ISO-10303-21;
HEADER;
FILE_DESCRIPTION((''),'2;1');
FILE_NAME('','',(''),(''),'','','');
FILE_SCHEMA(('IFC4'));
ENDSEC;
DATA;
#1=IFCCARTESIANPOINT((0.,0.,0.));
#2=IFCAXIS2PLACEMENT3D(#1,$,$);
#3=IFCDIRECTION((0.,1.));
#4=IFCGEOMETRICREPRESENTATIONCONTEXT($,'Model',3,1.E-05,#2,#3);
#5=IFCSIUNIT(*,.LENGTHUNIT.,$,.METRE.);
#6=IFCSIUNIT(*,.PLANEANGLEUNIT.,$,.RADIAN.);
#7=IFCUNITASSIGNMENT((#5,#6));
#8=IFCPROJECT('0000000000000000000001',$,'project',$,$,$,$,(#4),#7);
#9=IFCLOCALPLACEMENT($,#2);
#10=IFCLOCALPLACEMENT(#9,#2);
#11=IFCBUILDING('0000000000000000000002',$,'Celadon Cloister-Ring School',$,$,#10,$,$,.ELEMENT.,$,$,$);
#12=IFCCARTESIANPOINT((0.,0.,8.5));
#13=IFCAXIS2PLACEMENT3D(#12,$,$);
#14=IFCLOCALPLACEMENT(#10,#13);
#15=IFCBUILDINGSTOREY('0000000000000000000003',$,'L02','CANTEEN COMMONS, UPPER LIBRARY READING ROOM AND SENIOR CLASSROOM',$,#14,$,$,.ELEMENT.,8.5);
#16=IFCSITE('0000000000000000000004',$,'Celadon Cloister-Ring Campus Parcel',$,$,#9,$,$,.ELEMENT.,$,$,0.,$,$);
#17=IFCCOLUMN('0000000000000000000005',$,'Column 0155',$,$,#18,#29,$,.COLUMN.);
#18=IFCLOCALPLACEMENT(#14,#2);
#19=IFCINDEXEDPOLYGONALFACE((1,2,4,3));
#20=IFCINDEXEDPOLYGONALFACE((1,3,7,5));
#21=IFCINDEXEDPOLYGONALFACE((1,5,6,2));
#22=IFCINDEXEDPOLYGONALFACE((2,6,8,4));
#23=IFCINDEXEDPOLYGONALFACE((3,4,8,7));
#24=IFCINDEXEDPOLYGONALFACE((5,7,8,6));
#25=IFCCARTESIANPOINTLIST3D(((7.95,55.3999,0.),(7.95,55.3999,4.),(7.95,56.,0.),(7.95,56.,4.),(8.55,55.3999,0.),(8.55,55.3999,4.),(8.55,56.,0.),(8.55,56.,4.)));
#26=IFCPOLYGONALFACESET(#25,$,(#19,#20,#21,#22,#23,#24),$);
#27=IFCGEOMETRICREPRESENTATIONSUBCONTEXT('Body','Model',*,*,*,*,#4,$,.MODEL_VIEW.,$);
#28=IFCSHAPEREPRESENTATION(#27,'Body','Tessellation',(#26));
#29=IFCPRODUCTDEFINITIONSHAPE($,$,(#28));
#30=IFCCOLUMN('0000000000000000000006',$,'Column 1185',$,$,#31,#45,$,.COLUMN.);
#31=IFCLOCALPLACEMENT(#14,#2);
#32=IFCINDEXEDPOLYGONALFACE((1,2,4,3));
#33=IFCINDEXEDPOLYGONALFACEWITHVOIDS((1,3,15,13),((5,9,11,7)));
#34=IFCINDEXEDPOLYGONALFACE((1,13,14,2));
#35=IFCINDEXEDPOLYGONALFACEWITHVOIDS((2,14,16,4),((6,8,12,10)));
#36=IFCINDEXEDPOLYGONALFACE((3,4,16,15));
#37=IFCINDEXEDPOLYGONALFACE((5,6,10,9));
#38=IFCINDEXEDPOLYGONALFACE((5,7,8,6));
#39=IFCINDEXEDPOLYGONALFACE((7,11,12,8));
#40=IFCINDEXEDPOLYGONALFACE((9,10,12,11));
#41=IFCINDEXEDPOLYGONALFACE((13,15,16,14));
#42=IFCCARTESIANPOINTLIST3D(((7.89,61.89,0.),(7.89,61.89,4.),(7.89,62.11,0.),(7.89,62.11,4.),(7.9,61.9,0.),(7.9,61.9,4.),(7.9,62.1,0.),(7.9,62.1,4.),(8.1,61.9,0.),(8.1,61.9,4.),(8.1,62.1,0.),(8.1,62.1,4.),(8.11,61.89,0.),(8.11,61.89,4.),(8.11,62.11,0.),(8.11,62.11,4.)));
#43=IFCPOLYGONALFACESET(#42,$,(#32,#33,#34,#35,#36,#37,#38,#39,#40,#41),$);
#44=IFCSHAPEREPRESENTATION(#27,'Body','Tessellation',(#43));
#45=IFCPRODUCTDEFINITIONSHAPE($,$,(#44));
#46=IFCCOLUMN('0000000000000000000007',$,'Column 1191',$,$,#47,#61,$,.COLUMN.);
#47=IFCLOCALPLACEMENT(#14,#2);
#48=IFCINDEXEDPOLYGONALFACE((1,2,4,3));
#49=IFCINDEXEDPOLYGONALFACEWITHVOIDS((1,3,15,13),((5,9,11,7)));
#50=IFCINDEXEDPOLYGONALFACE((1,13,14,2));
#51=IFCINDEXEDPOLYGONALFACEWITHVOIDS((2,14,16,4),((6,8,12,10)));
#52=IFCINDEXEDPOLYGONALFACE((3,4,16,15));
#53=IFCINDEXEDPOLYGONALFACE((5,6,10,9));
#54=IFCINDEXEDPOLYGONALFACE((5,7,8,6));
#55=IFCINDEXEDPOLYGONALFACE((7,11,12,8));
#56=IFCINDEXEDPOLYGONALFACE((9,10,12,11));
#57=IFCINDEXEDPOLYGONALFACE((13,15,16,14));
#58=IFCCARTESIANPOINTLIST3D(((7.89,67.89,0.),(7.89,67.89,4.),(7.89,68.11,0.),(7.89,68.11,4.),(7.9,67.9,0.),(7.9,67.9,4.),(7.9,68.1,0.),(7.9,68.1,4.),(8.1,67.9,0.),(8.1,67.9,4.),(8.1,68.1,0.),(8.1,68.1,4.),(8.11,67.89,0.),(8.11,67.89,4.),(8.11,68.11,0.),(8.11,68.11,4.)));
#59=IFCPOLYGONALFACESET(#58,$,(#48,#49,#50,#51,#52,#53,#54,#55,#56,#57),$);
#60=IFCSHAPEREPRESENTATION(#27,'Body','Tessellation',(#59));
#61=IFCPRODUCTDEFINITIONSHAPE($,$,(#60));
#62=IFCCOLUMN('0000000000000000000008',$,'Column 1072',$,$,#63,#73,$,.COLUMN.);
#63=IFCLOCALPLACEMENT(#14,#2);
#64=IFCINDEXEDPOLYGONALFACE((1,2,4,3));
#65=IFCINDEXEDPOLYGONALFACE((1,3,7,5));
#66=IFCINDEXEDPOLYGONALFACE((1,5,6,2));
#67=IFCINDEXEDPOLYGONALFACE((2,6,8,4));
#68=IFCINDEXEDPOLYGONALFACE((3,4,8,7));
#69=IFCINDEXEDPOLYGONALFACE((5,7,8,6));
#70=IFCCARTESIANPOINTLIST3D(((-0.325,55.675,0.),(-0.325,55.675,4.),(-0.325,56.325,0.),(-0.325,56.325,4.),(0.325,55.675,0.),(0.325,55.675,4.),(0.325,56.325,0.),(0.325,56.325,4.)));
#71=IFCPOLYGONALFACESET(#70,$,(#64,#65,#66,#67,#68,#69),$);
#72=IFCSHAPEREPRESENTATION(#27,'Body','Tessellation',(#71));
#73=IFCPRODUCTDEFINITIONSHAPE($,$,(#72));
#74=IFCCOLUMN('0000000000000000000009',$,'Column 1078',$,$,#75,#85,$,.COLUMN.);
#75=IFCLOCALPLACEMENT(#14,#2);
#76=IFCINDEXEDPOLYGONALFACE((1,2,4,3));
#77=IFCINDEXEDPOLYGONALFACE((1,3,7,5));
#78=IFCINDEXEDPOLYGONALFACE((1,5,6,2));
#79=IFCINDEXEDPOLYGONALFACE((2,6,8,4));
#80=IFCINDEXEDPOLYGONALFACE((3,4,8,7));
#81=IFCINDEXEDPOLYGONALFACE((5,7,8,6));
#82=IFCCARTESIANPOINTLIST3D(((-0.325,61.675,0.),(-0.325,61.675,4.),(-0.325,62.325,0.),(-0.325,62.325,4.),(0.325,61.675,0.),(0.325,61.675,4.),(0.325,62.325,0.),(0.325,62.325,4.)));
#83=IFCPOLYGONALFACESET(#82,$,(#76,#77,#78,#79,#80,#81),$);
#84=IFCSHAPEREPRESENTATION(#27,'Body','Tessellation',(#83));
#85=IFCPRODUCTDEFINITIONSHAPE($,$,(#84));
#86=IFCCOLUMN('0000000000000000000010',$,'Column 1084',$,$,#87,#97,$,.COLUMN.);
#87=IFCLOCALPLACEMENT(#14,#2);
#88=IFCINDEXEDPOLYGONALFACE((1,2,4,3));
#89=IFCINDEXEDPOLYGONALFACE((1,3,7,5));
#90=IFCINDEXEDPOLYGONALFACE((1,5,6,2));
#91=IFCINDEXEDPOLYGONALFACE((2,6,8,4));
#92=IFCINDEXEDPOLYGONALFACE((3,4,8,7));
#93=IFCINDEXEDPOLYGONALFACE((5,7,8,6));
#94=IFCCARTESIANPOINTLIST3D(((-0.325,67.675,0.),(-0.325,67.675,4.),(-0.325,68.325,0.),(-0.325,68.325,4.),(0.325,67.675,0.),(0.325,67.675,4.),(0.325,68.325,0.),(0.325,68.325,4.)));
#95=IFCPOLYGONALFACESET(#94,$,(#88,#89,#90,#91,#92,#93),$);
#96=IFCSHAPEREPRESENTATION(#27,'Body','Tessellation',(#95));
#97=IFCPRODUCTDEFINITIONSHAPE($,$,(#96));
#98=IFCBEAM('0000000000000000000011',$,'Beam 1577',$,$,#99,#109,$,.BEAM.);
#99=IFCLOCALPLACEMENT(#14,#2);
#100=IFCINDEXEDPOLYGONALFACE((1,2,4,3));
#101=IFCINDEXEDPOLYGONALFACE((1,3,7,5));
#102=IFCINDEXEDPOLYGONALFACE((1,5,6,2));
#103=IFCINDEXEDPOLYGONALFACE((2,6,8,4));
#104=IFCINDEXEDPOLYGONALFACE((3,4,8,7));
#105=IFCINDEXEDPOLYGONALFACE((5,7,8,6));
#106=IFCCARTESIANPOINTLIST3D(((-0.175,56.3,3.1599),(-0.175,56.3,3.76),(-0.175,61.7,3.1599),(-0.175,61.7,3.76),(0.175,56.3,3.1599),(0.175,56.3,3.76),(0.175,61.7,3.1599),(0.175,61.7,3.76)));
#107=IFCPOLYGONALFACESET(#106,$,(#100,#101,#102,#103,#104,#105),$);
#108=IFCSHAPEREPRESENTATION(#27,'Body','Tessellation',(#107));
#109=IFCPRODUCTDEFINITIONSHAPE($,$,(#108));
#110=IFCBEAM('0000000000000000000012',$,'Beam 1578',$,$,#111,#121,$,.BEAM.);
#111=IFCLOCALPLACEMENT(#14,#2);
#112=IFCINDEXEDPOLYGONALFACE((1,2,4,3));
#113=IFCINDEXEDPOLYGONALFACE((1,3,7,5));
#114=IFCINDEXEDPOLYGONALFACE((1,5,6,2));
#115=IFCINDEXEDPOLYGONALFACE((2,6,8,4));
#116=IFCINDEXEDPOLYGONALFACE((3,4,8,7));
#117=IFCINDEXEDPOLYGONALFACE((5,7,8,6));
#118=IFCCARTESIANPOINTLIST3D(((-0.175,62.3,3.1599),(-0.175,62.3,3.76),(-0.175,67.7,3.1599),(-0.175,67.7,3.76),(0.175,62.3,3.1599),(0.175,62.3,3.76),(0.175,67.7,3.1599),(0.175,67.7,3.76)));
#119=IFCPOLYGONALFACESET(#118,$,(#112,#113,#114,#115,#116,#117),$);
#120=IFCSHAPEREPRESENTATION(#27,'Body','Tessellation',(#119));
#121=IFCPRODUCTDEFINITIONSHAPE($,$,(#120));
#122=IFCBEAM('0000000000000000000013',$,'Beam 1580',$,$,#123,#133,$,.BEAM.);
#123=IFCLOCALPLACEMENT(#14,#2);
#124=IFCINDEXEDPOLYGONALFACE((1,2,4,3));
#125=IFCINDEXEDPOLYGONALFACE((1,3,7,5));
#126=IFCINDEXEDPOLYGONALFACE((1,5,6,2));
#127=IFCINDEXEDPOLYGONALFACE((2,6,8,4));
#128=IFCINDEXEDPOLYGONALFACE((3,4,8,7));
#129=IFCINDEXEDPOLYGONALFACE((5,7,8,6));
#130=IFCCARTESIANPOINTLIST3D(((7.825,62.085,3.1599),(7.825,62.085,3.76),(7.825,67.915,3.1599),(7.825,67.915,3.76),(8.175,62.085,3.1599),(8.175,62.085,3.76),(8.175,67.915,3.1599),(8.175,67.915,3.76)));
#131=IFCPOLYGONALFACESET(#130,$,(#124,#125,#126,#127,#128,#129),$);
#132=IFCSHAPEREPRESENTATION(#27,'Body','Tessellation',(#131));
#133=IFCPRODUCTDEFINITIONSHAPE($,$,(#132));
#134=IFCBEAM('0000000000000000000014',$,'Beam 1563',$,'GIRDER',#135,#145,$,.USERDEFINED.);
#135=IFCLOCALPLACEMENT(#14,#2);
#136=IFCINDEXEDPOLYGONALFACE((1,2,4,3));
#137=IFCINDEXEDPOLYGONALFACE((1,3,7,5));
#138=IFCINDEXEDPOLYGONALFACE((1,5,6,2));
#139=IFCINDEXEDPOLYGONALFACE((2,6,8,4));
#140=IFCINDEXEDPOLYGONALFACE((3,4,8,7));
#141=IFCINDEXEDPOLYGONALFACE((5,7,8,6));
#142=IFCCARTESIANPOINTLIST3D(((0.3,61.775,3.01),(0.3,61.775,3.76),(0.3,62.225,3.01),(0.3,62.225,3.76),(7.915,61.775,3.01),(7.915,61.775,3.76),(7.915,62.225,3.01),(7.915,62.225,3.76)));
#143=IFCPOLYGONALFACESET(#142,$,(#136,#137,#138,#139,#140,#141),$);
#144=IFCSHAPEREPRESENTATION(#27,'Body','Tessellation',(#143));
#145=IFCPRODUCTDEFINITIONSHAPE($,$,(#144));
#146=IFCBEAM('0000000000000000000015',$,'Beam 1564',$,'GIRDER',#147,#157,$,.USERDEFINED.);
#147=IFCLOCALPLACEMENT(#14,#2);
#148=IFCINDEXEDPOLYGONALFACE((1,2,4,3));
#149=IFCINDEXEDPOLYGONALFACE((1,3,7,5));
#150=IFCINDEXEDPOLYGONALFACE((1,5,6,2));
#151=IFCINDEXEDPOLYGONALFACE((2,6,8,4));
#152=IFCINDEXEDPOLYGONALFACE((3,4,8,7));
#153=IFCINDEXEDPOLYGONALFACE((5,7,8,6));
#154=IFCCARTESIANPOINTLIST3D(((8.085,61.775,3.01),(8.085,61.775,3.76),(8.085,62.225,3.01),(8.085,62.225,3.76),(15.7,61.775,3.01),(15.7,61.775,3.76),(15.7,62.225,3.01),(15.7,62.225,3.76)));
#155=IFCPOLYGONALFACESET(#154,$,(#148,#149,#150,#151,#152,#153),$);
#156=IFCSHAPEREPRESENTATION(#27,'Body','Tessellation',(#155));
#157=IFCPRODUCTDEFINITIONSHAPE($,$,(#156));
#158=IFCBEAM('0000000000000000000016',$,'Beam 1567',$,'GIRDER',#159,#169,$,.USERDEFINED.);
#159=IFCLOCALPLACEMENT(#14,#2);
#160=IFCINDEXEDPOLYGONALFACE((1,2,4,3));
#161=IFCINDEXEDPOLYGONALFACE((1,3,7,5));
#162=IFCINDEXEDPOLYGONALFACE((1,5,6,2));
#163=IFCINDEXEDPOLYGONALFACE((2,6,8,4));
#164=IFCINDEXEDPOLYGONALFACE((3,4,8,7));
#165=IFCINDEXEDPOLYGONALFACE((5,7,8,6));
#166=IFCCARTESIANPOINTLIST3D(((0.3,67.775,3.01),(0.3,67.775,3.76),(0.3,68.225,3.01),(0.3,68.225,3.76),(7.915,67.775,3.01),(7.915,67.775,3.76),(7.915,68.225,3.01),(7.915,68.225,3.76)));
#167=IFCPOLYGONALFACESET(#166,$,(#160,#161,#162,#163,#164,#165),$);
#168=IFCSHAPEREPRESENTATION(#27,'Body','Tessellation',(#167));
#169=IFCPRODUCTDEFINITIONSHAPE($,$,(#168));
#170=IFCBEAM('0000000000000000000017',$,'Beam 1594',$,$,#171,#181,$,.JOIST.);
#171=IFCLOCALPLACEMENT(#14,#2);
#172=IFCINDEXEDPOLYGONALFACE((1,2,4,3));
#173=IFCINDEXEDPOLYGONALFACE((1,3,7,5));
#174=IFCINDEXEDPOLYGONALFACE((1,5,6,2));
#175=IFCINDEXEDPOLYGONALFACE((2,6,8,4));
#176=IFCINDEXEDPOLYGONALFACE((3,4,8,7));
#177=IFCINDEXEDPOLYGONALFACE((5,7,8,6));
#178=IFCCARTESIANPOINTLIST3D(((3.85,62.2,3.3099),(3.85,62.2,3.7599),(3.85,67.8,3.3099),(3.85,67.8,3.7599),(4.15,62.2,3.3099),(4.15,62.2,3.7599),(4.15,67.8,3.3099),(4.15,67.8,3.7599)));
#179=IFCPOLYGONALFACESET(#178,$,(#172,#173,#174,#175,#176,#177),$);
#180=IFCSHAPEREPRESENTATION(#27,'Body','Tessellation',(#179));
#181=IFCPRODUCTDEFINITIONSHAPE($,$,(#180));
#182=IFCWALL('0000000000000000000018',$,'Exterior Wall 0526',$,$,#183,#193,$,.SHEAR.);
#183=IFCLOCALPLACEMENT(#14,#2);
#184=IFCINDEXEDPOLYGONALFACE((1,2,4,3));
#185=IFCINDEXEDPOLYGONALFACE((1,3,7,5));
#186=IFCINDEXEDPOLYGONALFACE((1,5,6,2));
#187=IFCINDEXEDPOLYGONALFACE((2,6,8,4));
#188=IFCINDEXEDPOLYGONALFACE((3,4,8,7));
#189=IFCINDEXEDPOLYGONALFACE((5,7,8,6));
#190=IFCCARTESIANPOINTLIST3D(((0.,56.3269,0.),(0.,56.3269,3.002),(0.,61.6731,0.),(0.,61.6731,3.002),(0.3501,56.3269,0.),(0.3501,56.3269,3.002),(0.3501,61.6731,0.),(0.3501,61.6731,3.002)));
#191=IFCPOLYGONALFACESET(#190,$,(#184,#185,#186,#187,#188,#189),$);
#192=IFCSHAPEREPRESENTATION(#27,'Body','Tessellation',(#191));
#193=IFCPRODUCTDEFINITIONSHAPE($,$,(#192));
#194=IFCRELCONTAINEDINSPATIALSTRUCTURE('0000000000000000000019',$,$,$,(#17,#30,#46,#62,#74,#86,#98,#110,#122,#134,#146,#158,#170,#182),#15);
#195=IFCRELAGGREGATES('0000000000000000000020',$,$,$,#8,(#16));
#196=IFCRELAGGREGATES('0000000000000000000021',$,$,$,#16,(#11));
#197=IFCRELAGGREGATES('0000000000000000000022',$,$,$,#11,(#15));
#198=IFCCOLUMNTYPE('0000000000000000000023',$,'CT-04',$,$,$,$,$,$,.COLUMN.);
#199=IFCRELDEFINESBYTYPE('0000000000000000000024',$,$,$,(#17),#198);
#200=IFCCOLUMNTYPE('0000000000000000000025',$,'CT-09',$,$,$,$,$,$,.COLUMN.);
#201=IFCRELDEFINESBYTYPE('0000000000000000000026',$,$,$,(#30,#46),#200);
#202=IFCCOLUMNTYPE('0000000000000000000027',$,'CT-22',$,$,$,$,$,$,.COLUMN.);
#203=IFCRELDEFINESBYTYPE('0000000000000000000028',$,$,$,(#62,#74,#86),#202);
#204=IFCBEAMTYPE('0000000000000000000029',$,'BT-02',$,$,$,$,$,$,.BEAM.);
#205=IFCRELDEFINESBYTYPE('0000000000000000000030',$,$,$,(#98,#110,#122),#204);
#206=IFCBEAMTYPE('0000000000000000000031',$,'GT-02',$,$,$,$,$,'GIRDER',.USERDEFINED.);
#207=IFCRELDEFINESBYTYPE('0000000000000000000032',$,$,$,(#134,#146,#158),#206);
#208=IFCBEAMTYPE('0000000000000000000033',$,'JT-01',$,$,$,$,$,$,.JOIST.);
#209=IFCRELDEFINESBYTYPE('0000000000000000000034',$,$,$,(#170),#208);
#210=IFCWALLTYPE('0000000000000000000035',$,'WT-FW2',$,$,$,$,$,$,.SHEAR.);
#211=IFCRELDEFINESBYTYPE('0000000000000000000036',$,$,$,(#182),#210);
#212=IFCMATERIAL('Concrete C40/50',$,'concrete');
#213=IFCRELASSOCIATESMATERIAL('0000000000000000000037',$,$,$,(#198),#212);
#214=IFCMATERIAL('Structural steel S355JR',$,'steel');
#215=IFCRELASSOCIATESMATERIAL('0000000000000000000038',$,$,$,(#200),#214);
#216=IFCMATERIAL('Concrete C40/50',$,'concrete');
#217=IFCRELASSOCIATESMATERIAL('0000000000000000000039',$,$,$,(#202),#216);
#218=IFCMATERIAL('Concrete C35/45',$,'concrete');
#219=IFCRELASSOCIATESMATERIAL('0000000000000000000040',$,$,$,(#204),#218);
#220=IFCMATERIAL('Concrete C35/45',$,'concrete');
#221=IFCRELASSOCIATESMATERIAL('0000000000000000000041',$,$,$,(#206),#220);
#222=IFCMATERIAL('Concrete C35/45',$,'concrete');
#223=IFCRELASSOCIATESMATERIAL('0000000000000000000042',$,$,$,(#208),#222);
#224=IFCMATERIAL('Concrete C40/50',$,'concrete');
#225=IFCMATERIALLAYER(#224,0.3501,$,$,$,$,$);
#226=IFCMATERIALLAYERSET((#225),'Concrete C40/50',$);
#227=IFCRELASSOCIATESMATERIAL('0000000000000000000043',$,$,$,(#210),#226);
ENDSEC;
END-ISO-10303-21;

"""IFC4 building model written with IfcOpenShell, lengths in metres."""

from ifc_helpers import new_model, si_unit, direction, frame, frame_2d, origin, origin_2d, place, context, subcontext, project, spatial, rectangle, hollow_rectangle, extrude, material, layer, layer_set, material_profile, profile_set, type_object, element, save


model = new_model("IFC4")

# Units and contexts
model_context = context("Model", 3, precision=1e-05, world=origin(), true_north=direction((0.0, 1.0)))
body_context = subcontext(model_context, "Body", "Model", "MODEL_VIEW")
ifc_project = project(units=[si_unit("LENGTHUNIT", "METRE"), si_unit("PLANEANGLEUNIT", "RADIAN")], contexts=[model_context])

# Site, building, storey
site_placement = place(None, origin())
site = spatial("IfcSite", under=ifc_project, at=site_placement, Name="Celadon Cloister-Ring Campus Parcel", CompositionType="ELEMENT", RefElevation=0.0)
building_placement = place(site_placement, origin())
building = spatial("IfcBuilding", under=site, at=building_placement, Name="Celadon Cloister-Ring School", CompositionType="ELEMENT")
storey_placement = place(building_placement, frame((0.0, 0.0, 8.5)))
storey = spatial("IfcBuildingStorey", under=building, at=storey_placement, Name="L02", Description="CANTEEN COMMONS, UPPER LIBRARY READING ROOM AND SENIOR CLASSROOM", CompositionType="ELEMENT", Elevation=8.5)

# Columns
ifc_material_1 = material(Name="Concrete C40/50", Category="concrete")
ifc_material_profile_1 = material_profile(ifc_material_1, rectangle(XDim=0.6001, YDim=0.6001, at=origin_2d()), Name="RC600X600")
ifc_profile_set_1 = profile_set([ifc_material_profile_1], Name="Concrete C40/50")
column_type_1 = type_object("IfcColumnType", Name="CT-04", PredefinedType="COLUMN", material=ifc_profile_set_1)
column_placement = place(storey_placement, frame((8.25, 55.7, 0.0), z_axis=(0.0, 0.0, 1.0), x_axis=(1.0, 0.0, 0.0)))
element("IfcColumn", 1, at=column_placement, inside=storey, type_object=column_type_1, Name="Column 0155", PredefinedType="COLUMN", context=body_context, shape_type="SweptSolid", body=[
    extrude(rectangle(XDim=0.6001, YDim=0.6001, at=origin_2d()), origin(), (0.0, 0.0, 1.0), 4.0),
])
ifc_material_2 = material(Name="Structural steel S355JR", Category="steel")
ifc_material_profile_2 = material_profile(ifc_material_2, hollow_rectangle(XDim=0.22, YDim=0.22, WallThickness=0.01, at=origin_2d()), Name="HSS220X220X10")
ifc_profile_set_2 = profile_set([ifc_material_profile_2], Name="Structural steel S355JR")
column_type_2 = type_object("IfcColumnType", Name="CT-09", PredefinedType="COLUMN", material=ifc_profile_set_2)
for number, where, z_axis, x_axis, name in (
    (2, (8.0, 62.0, 0.0), (0.0, 0.0, 1.0), (1.0, 0.0, 0.0), "Column 1185"),
    (3, (8.0, 68.0, 0.0), (0.0, 0.0, 1.0), (1.0, 0.0, 0.0), "Column 1191"),
):
    element("IfcColumn", number, at=place(storey_placement, frame(where, z_axis=z_axis, x_axis=x_axis)), inside=storey, type_object=column_type_2, Name=name, PredefinedType="COLUMN", context=body_context, shape_type="SweptSolid", body=[
        extrude(hollow_rectangle(XDim=0.22, YDim=0.22, WallThickness=0.01, at=origin_2d()), origin(), (0.0, 0.0, 1.0), 4.0),
    ])
ifc_material_3 = material(Name="Concrete C40/50", Category="concrete")
ifc_material_profile_3 = material_profile(ifc_material_3, rectangle(XDim=0.6499, YDim=0.6499, at=origin_2d()), Name="RC650X650")
ifc_profile_set_3 = profile_set([ifc_material_profile_3], Name="Concrete C40/50")
column_type_3 = type_object("IfcColumnType", Name="CT-22", PredefinedType="COLUMN", material=ifc_profile_set_3)
for number, where, z_axis, x_axis, name in (
    (4, (0.0, 56.0, 0.0), (0.0, 0.0, 1.0), (1.0, 0.0, 0.0), "Column 1072"),
    (5, (0.0, 62.0, 0.0), (0.0, 0.0, 1.0), (1.0, 0.0, 0.0), "Column 1078"),
    (6, (0.0, 68.0, 0.0), (0.0, 0.0, 1.0), (1.0, 0.0, 0.0), "Column 1084"),
):
    element("IfcColumn", number, at=place(storey_placement, frame(where, z_axis=z_axis, x_axis=x_axis)), inside=storey, type_object=column_type_3, Name=name, PredefinedType="COLUMN", context=body_context, shape_type="SweptSolid", body=[
        extrude(rectangle(XDim=0.6499, YDim=0.6499, at=origin_2d()), origin(), (0.0, 0.0, 1.0), 4.0),
    ])

# Beams
ifc_material_4 = material(Name="Concrete C35/45", Category="concrete")
ifc_material_profile_4 = material_profile(ifc_material_4, rectangle(XDim=0.3501, YDim=0.6001, at=origin_2d()), Name="RC350X600")
ifc_profile_set_4 = profile_set([ifc_material_profile_4], Name="Concrete C35/45")
beam_type_1 = type_object("IfcBeamType", Name="BT-02", PredefinedType="BEAM", material=ifc_profile_set_4)
for number, where, z_axis, x_axis, name in (
    (7, (0.0, 56.3, 3.46), (0.0, 1.0, 0.0), (-1.0, 0.0, 0.0), "Beam 1577"),
    (8, (0.0, 62.3, 3.46), (0.0, 1.0, 0.0), (-1.0, 0.0, 0.0), "Beam 1578"),
):
    element("IfcBeam", number, at=place(storey_placement, frame(where, z_axis=z_axis, x_axis=x_axis)), inside=storey, type_object=beam_type_1, Name=name, PredefinedType="BEAM", context=body_context, shape_type="SweptSolid", body=[
        extrude(rectangle(XDim=0.3501, YDim=0.6001, at=origin_2d()), origin(), (0.0, 0.0, 1.0), 5.3999),
    ])
beam_1_placement = place(storey_placement, frame((8.0, 62.085, 3.46), z_axis=(0.0, 1.0, 0.0), x_axis=(-1.0, 0.0, 0.0)))
element("IfcBeam", 9, at=beam_1_placement, inside=storey, type_object=beam_type_1, Name="Beam 1580", PredefinedType="BEAM", context=body_context, shape_type="SweptSolid", body=[
    extrude(rectangle(XDim=0.3501, YDim=0.6001, at=origin_2d()), origin(), (0.0, 0.0, 1.0), 5.8301),
])
ifc_material_5 = material(Name="Concrete C35/45", Category="concrete")
ifc_material_profile_5 = material_profile(ifc_material_5, rectangle(XDim=0.45, YDim=0.75, at=origin_2d()), Name="RC450X750")
ifc_profile_set_5 = profile_set([ifc_material_profile_5], Name="Concrete C35/45")
beam_type_2 = type_object("IfcBeamType", Name="GT-02", ElementType="GIRDER", PredefinedType="USERDEFINED", material=ifc_profile_set_5)
for number, where, z_axis, x_axis, name in (
    (10, (0.3, 62.0, 3.385), (1.0, 0.0, 0.0), (0.0, 1.0, 0.0), "Beam 1563"),
    (11, (8.085, 62.0, 3.385), (1.0, 0.0, 0.0), (0.0, 1.0, 0.0), "Beam 1564"),
    (12, (0.3, 68.0, 3.385), (1.0, 0.0, 0.0), (0.0, 1.0, 0.0), "Beam 1567"),
):
    element("IfcBeam", number, at=place(storey_placement, frame(where, z_axis=z_axis, x_axis=x_axis)), inside=storey, type_object=beam_type_2, Name=name, ObjectType="GIRDER", PredefinedType="USERDEFINED", context=body_context, shape_type="SweptSolid", body=[
        extrude(rectangle(XDim=0.45, YDim=0.75, at=origin_2d()), origin(), (0.0, 0.0, 1.0), 7.615),
    ])
ifc_material_6 = material(Name="Concrete C35/45", Category="concrete")
ifc_material_profile_6 = material_profile(ifc_material_6, rectangle(XDim=0.3, YDim=0.45, at=origin_2d()), Name="RC300X450")
ifc_profile_set_6 = profile_set([ifc_material_profile_6], Name="Concrete C35/45")
beam_type_3 = type_object("IfcBeamType", Name="JT-01", PredefinedType="JOIST", material=ifc_profile_set_6)
beam_2_placement = place(storey_placement, frame((4.0, 62.2, 3.5349), z_axis=(0.0, 1.0, 0.0), x_axis=(-1.0, 0.0, 0.0)))
element("IfcBeam", 13, at=beam_2_placement, inside=storey, type_object=beam_type_3, Name="Beam 1594", PredefinedType="JOIST", context=body_context, shape_type="SweptSolid", body=[
    extrude(rectangle(XDim=0.3, YDim=0.45, at=origin_2d()), origin(), (0.0, 0.0, 1.0), 5.6001),
])

# Wall
ifc_material_7 = material(Name="Concrete C40/50", Category="concrete")
ifc_layer_1 = layer(ifc_material_7, 0.3501)
ifc_layer_set_1 = layer_set([ifc_layer_1], Name="Concrete C40/50")
wall_type_1 = type_object("IfcWallType", Name="WT-FW2", PredefinedType="SHEAR", material=ifc_layer_set_1)
for number, where, z_axis, x_axis, name in (
    (14, (0.175, 56.3269, 0.0), (0.0, 0.0, 1.0), (0.0, 1.0, 0.0), "Exterior Wall 0526"),
):
    element("IfcWall", number, at=place(storey_placement, frame(where, z_axis=z_axis, x_axis=x_axis)), inside=storey, type_object=wall_type_1, Name=name, PredefinedType="SHEAR", context=body_context, shape_type="SweptSolid", body=[
        extrude(rectangle(XDim=5.3462, YDim=0.3501, at=frame_2d((2.6731, 0.0))), origin(), (0.0, 0.0, 1.0), 3.002),
    ])

save(model, "model.ifc")
